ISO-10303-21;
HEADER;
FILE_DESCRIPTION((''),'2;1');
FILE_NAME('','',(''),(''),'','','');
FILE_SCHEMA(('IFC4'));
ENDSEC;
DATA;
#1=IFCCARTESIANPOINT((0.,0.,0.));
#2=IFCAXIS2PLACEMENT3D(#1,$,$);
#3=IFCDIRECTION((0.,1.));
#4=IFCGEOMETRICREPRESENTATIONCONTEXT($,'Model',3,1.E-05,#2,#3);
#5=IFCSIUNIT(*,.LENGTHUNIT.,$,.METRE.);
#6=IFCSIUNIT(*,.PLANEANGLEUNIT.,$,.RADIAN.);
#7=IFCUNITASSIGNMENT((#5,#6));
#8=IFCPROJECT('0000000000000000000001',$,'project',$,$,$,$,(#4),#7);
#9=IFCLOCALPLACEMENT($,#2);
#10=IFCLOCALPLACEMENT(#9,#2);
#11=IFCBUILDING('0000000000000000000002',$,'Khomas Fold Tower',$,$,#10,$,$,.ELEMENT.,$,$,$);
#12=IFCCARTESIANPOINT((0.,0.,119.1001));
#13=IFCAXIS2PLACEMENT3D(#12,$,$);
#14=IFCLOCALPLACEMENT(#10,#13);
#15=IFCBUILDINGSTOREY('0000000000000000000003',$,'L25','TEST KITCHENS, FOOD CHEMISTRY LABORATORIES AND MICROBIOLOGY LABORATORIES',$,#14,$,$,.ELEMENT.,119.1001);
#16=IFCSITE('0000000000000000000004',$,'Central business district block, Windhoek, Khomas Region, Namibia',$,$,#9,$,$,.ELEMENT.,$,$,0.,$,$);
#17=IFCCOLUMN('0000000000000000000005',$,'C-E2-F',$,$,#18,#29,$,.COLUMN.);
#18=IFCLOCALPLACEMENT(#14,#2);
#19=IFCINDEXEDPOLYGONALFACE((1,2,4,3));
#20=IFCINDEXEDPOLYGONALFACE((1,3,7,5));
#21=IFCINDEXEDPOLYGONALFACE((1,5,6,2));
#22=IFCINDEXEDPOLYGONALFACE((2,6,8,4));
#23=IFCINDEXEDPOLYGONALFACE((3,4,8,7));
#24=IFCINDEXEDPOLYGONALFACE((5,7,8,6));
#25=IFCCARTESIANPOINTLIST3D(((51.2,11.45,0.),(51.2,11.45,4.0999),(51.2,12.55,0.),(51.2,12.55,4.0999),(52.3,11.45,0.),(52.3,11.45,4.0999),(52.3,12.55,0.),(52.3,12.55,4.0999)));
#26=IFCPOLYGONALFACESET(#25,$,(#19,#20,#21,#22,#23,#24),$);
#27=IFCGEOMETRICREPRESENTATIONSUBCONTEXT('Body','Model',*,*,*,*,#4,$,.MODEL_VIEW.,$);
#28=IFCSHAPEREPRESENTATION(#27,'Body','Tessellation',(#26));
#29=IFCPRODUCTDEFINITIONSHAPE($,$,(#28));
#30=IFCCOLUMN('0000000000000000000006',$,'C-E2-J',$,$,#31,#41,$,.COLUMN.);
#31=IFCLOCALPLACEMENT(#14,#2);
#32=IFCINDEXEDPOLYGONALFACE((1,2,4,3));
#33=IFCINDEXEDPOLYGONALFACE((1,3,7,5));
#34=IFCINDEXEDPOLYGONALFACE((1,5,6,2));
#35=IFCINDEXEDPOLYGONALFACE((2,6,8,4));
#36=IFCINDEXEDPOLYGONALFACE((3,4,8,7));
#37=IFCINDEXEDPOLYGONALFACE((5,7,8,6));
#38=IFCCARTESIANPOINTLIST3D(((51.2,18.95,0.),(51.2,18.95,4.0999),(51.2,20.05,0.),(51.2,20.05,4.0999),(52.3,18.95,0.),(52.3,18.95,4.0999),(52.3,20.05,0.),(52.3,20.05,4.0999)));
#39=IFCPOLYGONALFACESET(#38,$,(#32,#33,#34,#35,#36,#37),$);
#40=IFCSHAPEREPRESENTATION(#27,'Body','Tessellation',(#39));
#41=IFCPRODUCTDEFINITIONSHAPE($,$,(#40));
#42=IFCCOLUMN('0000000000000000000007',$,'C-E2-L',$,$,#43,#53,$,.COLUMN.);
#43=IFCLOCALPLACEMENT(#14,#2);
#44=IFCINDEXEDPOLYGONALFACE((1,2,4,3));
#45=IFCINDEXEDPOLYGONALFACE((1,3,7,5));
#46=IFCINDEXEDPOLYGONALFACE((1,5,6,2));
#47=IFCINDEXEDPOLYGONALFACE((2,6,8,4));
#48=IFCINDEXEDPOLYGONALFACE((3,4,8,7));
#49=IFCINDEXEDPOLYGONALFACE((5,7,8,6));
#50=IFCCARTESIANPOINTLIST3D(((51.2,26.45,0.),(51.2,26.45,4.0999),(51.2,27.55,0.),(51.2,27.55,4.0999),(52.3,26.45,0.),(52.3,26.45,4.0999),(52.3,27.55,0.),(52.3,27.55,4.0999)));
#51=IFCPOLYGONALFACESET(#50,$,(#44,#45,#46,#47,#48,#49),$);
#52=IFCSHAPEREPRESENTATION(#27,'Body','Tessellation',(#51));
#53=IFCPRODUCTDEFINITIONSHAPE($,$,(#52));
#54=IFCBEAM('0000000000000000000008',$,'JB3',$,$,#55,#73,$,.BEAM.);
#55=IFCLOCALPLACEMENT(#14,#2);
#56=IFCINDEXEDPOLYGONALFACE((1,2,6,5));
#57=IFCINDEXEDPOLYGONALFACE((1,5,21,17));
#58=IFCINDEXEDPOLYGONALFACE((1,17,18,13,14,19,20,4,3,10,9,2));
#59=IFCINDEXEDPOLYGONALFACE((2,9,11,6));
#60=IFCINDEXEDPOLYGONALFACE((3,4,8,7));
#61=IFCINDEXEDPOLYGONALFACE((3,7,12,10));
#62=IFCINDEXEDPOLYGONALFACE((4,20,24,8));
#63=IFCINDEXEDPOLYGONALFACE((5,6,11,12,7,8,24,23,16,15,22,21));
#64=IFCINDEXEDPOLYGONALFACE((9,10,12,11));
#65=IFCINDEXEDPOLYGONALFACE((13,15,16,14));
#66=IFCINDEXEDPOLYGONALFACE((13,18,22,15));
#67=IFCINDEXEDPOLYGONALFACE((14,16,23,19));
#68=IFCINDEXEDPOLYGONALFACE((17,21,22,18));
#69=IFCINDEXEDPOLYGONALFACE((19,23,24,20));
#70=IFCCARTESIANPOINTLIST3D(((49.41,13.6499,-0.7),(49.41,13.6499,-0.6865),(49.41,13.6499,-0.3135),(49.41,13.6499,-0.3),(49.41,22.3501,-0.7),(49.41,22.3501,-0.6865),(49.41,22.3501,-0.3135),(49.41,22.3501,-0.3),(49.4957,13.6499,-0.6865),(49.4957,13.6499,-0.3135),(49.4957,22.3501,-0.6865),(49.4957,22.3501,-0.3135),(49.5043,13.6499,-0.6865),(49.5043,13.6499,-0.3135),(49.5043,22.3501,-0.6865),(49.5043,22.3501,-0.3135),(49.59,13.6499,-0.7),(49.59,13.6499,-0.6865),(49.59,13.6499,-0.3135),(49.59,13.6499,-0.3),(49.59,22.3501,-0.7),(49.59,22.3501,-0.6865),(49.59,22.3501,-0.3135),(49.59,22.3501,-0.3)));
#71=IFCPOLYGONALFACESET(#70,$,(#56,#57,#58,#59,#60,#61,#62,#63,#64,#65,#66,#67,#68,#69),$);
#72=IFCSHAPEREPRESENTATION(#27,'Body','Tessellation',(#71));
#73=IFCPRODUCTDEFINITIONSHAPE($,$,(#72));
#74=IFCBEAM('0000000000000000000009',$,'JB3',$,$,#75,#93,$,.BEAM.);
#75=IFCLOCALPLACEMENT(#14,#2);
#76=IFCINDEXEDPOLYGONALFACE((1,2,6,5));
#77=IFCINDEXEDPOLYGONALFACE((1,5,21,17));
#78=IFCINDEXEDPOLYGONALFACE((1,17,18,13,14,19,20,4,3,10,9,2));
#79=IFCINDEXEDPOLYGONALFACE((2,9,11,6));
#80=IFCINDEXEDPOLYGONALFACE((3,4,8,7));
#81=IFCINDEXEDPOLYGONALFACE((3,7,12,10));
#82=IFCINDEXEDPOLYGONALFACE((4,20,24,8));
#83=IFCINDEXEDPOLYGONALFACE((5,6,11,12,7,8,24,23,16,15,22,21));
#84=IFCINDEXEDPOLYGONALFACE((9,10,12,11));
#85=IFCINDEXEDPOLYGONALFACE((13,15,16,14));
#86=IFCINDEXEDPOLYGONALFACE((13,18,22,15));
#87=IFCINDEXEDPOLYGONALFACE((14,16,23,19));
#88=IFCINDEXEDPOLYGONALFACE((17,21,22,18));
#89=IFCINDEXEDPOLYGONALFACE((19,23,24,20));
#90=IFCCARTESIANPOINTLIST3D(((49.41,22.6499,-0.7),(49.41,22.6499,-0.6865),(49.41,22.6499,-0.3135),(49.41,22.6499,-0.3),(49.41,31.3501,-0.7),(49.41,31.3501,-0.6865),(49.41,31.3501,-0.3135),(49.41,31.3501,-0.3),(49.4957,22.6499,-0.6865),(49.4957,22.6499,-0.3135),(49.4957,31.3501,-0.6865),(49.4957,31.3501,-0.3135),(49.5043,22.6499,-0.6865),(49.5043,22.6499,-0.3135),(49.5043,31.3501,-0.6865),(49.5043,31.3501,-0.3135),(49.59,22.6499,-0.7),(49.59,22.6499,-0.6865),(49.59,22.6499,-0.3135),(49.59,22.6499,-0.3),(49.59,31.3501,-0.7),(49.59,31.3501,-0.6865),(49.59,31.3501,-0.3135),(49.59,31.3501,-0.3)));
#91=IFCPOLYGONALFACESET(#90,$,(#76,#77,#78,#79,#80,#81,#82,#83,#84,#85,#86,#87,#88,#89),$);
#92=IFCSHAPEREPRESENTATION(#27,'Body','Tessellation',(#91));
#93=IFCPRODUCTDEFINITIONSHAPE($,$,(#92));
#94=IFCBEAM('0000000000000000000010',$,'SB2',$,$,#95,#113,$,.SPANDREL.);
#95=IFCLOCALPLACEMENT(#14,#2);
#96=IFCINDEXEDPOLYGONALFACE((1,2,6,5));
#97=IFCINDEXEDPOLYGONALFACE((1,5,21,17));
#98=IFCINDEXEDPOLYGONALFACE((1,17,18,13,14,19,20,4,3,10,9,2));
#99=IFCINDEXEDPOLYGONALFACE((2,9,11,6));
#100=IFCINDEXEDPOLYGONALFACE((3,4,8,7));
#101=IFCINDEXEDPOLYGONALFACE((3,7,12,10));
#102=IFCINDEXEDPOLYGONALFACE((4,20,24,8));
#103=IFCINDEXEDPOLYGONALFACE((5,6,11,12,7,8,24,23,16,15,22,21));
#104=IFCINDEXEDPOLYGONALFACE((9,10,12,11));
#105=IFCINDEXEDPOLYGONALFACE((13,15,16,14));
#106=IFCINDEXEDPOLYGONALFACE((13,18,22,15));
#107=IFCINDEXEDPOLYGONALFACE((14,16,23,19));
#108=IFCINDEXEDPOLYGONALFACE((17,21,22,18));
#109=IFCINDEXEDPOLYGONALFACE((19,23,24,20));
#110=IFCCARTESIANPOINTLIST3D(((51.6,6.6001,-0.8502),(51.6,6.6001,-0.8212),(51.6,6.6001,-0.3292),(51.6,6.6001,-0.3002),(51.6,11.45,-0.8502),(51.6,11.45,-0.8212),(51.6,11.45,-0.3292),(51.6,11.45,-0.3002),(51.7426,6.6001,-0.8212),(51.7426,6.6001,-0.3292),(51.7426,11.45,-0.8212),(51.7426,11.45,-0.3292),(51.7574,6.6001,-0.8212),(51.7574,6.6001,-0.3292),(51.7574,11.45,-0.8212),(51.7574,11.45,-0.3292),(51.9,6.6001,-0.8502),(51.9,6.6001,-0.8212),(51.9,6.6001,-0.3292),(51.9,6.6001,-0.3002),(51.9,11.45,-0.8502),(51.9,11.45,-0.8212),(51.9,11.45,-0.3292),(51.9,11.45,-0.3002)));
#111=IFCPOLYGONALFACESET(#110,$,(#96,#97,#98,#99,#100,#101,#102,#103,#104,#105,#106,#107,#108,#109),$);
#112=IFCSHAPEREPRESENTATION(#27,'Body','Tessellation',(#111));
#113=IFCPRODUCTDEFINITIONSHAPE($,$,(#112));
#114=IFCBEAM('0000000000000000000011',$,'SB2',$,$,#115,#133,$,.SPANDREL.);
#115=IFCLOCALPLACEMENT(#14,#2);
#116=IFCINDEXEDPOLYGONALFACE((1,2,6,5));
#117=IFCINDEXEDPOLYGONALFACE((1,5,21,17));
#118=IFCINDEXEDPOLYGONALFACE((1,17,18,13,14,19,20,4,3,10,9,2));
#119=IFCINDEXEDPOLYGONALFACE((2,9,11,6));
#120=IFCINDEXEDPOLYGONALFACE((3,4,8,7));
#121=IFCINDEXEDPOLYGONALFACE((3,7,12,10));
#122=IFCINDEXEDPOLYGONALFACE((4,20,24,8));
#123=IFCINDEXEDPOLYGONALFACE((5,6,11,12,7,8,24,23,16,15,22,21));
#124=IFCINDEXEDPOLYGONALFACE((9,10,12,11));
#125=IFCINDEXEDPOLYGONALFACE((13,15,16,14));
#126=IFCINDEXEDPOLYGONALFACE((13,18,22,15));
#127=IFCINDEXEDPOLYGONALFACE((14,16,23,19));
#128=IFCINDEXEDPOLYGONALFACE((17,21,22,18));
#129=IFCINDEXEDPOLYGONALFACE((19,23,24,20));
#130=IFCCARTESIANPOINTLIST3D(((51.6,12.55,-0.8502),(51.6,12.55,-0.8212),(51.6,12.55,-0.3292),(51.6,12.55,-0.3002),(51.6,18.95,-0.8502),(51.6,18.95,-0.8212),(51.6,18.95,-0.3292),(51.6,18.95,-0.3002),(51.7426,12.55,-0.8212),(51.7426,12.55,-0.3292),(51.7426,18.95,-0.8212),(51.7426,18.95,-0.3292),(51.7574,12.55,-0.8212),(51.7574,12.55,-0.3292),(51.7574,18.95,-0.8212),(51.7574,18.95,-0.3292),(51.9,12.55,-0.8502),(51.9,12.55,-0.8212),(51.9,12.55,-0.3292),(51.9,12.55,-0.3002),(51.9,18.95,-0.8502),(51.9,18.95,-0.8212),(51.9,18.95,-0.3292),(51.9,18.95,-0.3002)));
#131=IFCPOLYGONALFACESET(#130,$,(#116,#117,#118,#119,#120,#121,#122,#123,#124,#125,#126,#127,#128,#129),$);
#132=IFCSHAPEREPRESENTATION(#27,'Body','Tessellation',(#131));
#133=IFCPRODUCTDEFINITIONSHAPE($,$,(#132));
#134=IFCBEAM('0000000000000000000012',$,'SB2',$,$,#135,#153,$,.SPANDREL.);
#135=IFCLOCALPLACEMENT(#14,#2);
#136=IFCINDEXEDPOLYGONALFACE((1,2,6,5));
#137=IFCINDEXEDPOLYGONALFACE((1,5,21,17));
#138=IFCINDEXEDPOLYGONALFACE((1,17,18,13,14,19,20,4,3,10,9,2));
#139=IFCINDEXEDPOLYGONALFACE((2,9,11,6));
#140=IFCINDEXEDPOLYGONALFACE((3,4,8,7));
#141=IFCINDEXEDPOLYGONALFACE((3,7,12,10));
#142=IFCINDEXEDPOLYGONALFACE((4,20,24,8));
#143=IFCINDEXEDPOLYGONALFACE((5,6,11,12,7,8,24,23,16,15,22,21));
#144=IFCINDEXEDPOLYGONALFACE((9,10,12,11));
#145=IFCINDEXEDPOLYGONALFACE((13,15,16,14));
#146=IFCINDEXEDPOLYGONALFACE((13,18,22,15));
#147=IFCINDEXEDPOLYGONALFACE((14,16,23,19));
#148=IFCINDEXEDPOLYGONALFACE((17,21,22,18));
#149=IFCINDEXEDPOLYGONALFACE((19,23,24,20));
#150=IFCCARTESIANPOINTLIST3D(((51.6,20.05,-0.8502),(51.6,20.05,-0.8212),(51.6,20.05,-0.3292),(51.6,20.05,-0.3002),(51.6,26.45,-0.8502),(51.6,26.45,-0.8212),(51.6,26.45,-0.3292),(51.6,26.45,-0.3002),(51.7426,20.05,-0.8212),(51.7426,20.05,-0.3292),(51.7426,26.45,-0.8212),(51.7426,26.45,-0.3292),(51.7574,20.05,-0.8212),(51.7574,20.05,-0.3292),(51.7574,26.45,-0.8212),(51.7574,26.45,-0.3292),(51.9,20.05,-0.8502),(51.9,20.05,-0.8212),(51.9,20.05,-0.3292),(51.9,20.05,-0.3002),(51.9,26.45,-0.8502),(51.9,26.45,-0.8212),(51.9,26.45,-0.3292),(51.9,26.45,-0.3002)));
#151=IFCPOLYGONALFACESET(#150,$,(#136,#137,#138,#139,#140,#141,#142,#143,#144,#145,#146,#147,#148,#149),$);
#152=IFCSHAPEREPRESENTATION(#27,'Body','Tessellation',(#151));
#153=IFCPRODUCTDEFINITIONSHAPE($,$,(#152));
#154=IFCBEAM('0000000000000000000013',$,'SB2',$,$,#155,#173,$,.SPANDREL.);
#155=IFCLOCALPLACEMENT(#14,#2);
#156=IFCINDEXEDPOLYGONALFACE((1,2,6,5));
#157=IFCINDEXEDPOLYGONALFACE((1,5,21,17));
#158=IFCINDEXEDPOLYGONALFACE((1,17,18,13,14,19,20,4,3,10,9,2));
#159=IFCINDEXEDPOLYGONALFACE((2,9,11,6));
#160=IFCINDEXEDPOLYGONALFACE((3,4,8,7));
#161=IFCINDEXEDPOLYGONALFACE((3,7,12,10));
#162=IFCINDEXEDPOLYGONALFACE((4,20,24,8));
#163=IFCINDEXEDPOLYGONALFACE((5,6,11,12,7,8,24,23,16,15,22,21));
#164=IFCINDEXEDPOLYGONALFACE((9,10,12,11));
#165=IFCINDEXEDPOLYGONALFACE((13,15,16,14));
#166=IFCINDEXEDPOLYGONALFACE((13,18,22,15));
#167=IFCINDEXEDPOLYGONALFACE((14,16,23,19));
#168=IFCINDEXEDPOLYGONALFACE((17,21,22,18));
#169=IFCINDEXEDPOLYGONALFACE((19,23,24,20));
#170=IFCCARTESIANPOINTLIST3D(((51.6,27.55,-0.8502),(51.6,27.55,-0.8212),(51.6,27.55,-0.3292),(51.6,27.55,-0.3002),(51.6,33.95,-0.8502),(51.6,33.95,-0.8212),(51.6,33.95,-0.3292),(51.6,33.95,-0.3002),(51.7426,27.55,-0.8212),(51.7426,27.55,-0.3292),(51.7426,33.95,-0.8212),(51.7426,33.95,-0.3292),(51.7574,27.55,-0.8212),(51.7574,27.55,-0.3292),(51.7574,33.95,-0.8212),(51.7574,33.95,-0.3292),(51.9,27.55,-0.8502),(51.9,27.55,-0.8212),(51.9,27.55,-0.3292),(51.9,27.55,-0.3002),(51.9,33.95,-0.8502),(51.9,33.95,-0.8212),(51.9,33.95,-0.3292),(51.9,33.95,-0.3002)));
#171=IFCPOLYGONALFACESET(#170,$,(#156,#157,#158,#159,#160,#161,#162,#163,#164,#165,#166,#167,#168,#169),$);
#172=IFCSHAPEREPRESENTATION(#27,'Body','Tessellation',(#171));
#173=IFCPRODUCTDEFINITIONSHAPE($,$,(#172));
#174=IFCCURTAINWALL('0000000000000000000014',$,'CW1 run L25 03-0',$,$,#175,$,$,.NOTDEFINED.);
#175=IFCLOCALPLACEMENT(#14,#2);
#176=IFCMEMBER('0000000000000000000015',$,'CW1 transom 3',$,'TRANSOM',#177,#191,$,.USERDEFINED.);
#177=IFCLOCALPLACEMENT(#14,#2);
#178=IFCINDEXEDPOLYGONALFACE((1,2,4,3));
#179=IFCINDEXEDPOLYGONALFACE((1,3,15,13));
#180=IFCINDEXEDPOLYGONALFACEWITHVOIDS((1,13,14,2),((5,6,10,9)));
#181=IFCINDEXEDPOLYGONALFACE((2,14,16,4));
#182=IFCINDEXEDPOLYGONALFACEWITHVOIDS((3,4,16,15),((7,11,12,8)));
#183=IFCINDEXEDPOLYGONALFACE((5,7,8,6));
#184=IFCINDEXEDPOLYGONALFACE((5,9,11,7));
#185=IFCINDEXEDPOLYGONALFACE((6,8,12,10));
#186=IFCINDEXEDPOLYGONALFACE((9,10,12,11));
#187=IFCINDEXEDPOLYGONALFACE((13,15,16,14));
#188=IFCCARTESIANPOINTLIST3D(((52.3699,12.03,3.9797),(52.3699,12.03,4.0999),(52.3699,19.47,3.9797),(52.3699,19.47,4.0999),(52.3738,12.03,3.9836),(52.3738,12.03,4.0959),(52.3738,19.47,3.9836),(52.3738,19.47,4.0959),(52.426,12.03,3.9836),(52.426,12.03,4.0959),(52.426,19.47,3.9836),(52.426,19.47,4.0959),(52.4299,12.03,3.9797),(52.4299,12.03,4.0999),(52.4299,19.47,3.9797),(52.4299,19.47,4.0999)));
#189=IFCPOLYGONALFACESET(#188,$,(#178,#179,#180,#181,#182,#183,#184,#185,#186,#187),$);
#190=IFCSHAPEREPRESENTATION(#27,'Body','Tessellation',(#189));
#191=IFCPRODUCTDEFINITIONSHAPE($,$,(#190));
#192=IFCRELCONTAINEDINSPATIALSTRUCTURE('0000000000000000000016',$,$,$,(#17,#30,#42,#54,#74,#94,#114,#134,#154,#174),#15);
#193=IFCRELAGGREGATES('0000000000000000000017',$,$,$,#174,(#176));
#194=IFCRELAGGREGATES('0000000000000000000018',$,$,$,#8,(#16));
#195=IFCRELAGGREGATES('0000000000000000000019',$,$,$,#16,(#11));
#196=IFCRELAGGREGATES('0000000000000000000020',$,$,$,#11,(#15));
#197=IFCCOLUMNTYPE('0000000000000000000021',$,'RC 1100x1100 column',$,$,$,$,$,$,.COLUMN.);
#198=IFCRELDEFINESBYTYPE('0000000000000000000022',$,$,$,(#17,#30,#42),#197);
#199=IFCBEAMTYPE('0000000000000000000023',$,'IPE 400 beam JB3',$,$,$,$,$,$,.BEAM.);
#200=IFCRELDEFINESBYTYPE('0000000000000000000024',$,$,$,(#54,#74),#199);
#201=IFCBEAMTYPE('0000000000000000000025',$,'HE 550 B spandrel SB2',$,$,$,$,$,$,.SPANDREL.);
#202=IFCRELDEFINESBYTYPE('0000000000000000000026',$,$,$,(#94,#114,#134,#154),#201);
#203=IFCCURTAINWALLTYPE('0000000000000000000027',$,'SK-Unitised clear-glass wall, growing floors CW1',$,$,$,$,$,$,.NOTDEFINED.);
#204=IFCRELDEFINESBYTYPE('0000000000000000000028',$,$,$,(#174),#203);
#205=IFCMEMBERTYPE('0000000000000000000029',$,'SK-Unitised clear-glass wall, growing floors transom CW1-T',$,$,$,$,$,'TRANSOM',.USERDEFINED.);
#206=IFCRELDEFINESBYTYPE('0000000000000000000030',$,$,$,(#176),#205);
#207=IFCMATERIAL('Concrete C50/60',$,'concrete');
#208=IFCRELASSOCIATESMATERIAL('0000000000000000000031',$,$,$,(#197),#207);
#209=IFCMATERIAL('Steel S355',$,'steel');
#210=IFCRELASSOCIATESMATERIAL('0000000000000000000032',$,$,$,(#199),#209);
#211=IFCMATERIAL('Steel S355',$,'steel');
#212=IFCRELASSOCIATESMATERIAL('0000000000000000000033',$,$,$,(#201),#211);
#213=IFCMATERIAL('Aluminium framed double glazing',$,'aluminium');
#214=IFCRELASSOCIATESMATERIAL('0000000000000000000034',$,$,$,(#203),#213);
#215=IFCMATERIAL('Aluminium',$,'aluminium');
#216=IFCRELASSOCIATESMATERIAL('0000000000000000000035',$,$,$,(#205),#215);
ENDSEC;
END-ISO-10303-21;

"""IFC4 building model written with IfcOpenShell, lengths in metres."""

from ifc_helpers import new_model, si_unit, direction, frame, origin, origin_2d, place, context, subcontext, project, spatial, rectangle, hollow_rectangle, i_section, extrude, source, transform, mapped, material, material_profile, profile_set, type_object, element, aggregate, save


model = new_model("IFC4")

# Units and contexts
model_context = context("Model", 3, precision=1e-05, world=origin(), true_north=direction((0.0, 1.0)))
body_context = subcontext(model_context, "Body", "Model", "MODEL_VIEW")
ifc_project = project(units=[si_unit("LENGTHUNIT", "METRE"), si_unit("PLANEANGLEUNIT", "RADIAN")], contexts=[model_context])

# Site, building, storey
site_placement = place(None, origin())
site = spatial("IfcSite", under=ifc_project, at=site_placement, Name="Central business district block, Windhoek, Khomas Region, Namibia", CompositionType="ELEMENT", RefElevation=0.0)
building_placement = place(site_placement, origin())
building = spatial("IfcBuilding", under=site, at=building_placement, Name="Khomas Fold Tower", CompositionType="ELEMENT")
storey_placement = place(building_placement, frame((0.0, 0.0, 119.1001)))
storey = spatial("IfcBuildingStorey", under=building, at=storey_placement, Name="L25", Description="TEST KITCHENS, FOOD CHEMISTRY LABORATORIES AND MICROBIOLOGY LABORATORIES", CompositionType="ELEMENT", Elevation=119.1001)

# Columns
ifc_material_1 = material(Name="Concrete C50/60", Category="concrete")
ifc_material_profile_1 = material_profile(ifc_material_1, rectangle(XDim=1.1001, YDim=1.1001, at=origin_2d()), Name="RC 1100x1100")
ifc_profile_set_1 = profile_set([ifc_material_profile_1], Name="Concrete C50/60")
column_type = type_object("IfcColumnType", Name="RC 1100x1100 column", PredefinedType="COLUMN", material=ifc_profile_set_1)
shared_shape_1 = source(origin(), body_context, "Body", "SweptSolid", [
    extrude(rectangle(XDim=1.1001, YDim=1.1001, at=origin_2d()), origin(), (0.0, 0.0, 1.0), 4.0999),
])
for number, where, z_axis, x_axis, name in (
    (1, (51.75, 12.0, 0.0), (0.0, 0.0, 1.0), (1.0, 0.0, 0.0), "C-E2-F"),
    (2, (51.75, 19.5, 0.0), (0.0, 0.0, 1.0), (1.0, 0.0, 0.0), "C-E2-J"),
    (3, (51.75, 27.0, 0.0), (0.0, 0.0, 1.0), (1.0, 0.0, 0.0), "C-E2-L"),
):
    element("IfcColumn", number, at=place(storey_placement, frame(where, z_axis=z_axis, x_axis=x_axis)), inside=storey, type_object=column_type, Name=name, PredefinedType="COLUMN", context=body_context, shape_type="MappedRepresentation", body=[
        mapped(shared_shape_1, transform((0.0, 0.0, 0.0))),
    ])

# Beams
ifc_material_2 = material(Name="Steel S355", Category="steel")
ifc_material_profile_2 = material_profile(ifc_material_2, i_section(OverallWidth=0.1799, OverallDepth=0.3999, WebThickness=0.0085, FlangeThickness=0.0134, at=origin_2d()), Name="IPE 400")
ifc_profile_set_2 = profile_set([ifc_material_profile_2], Name="Steel S355")
beam_type_1 = type_object("IfcBeamType", Name="IPE 400 beam JB3", PredefinedType="BEAM", material=ifc_profile_set_2)
shared_shape_2 = source(origin(), body_context, "Body", "SweptSolid", [
    extrude(i_section(OverallWidth=0.1799, OverallDepth=0.3999, WebThickness=0.0085, FlangeThickness=0.0134, at=origin_2d()), origin(), (0.0, 0.0, 1.0), 8.7002),
])
for number, where, z_axis, x_axis, name in (
    (4, (49.5, 13.6499, -0.5), (0.0, 1.0, 0.0), (-1.0, 0.0, 0.0), "JB3"),
    (5, (49.5, 22.6499, -0.5), (0.0, 1.0, 0.0), (-1.0, 0.0, 0.0), "JB3"),
):
    element("IfcBeam", number, at=place(storey_placement, frame(where, z_axis=z_axis, x_axis=x_axis)), inside=storey, type_object=beam_type_1, Name=name, PredefinedType="BEAM", context=body_context, shape_type="MappedRepresentation", body=[
        mapped(shared_shape_2, transform((0.0, 0.0, 0.0))),
    ])
ifc_material_3 = material(Name="Steel S355", Category="steel")
ifc_material_profile_3 = material_profile(ifc_material_3, i_section(OverallWidth=0.3, OverallDepth=0.55, WebThickness=0.0149, FlangeThickness=0.0291, at=origin_2d()), Name="HE 550 B")
ifc_profile_set_3 = profile_set([ifc_material_profile_3], Name="Steel S355")
beam_type_2 = type_object("IfcBeamType", Name="HE 550 B spandrel SB2", PredefinedType="SPANDREL", material=ifc_profile_set_3)
shared_shape_3 = source(origin(), body_context, "Body", "SweptSolid", [
    extrude(i_section(OverallWidth=0.3, OverallDepth=0.55, WebThickness=0.0149, FlangeThickness=0.0291, at=origin_2d()), origin(), (0.0, 0.0, 1.0), 4.8499),
])
beam_placement = place(storey_placement, frame((51.75, 6.6001, -0.5752), z_axis=(0.0, 1.0, 0.0), x_axis=(-1.0, 0.0, 0.0)))
element("IfcBeam", 6, at=beam_placement, inside=storey, type_object=beam_type_2, Name="SB2", PredefinedType="SPANDREL", context=body_context, shape_type="MappedRepresentation", body=[
    mapped(shared_shape_3, transform((0.0, 0.0, 0.0))),
])
shared_shape_4 = source(origin(), body_context, "Body", "SweptSolid", [
    extrude(i_section(OverallWidth=0.3, OverallDepth=0.55, WebThickness=0.0149, FlangeThickness=0.0291, at=origin_2d()), origin(), (0.0, 0.0, 1.0), 6.3999),
])
for number, where, z_axis, x_axis, name in (
    (7, (51.75, 12.55, -0.5752), (0.0, 1.0, 0.0), (-1.0, 0.0, 0.0), "SB2"),
    (8, (51.75, 20.05, -0.5752), (0.0, 1.0, 0.0), (-1.0, 0.0, 0.0), "SB2"),
    (9, (51.75, 27.55, -0.5752), (0.0, 1.0, 0.0), (-1.0, 0.0, 0.0), "SB2"),
):
    element("IfcBeam", number, at=place(storey_placement, frame(where, z_axis=z_axis, x_axis=x_axis)), inside=storey, type_object=beam_type_2, Name=name, PredefinedType="SPANDREL", context=body_context, shape_type="MappedRepresentation", body=[
        mapped(shared_shape_4, transform((0.0, 0.0, 0.0))),
    ])

# Curtain wall, member
ifc_material_4 = material(Name="Aluminium framed double glazing", Category="aluminium")
curtain_wall_type = type_object("IfcCurtainWallType", Name="SK-Unitised clear-glass wall, growing floors CW1", PredefinedType="NOTDEFINED", material=ifc_material_4)
curtain_wall_placement = place(storey_placement, origin())
curtain_wall = element("IfcCurtainWall", 10, at=curtain_wall_placement, inside=storey, type_object=curtain_wall_type, Name="CW1 run L25 03-0", PredefinedType="NOTDEFINED")
ifc_material_5 = material(Name="Aluminium", Category="aluminium")
ifc_material_profile_4 = material_profile(ifc_material_5, hollow_rectangle(XDim=0.0601, YDim=0.1201, WallThickness=0.0039, at=origin_2d()), Name="SK-Unitised clear-glass wall, growing floors transom CW1-T")
ifc_profile_set_4 = profile_set([ifc_material_profile_4], Name="Aluminium")
member_type_1 = type_object("IfcMemberType", Name="SK-Unitised clear-glass wall, growing floors transom CW1-T", ElementType="TRANSOM", PredefinedType="USERDEFINED", material=ifc_profile_set_4)
shared_shape_5 = source(origin(), body_context, "Body", "SweptSolid", [
    extrude(hollow_rectangle(XDim=0.0601, YDim=0.1201, WallThickness=0.0039, at=origin_2d()), origin(), (0.0, 0.0, 1.0), 7.4399),
])
member_1_placement = place(storey_placement, frame((52.3999, 12.03, 4.0398), z_axis=(0.0, 1.0, 0.0), x_axis=(-1.0, 0.0, 0.0)))
member_1 = element("IfcMember", 11, at=member_1_placement, type_object=member_type_1, Name="CW1 transom 3", ObjectType="TRANSOM", PredefinedType="USERDEFINED", context=body_context, shape_type="MappedRepresentation", body=[
    mapped(shared_shape_5, transform((0.0, 0.0, 0.0))),
])
aggregate(curtain_wall, [member_1])

save(model, "model.ifc")
